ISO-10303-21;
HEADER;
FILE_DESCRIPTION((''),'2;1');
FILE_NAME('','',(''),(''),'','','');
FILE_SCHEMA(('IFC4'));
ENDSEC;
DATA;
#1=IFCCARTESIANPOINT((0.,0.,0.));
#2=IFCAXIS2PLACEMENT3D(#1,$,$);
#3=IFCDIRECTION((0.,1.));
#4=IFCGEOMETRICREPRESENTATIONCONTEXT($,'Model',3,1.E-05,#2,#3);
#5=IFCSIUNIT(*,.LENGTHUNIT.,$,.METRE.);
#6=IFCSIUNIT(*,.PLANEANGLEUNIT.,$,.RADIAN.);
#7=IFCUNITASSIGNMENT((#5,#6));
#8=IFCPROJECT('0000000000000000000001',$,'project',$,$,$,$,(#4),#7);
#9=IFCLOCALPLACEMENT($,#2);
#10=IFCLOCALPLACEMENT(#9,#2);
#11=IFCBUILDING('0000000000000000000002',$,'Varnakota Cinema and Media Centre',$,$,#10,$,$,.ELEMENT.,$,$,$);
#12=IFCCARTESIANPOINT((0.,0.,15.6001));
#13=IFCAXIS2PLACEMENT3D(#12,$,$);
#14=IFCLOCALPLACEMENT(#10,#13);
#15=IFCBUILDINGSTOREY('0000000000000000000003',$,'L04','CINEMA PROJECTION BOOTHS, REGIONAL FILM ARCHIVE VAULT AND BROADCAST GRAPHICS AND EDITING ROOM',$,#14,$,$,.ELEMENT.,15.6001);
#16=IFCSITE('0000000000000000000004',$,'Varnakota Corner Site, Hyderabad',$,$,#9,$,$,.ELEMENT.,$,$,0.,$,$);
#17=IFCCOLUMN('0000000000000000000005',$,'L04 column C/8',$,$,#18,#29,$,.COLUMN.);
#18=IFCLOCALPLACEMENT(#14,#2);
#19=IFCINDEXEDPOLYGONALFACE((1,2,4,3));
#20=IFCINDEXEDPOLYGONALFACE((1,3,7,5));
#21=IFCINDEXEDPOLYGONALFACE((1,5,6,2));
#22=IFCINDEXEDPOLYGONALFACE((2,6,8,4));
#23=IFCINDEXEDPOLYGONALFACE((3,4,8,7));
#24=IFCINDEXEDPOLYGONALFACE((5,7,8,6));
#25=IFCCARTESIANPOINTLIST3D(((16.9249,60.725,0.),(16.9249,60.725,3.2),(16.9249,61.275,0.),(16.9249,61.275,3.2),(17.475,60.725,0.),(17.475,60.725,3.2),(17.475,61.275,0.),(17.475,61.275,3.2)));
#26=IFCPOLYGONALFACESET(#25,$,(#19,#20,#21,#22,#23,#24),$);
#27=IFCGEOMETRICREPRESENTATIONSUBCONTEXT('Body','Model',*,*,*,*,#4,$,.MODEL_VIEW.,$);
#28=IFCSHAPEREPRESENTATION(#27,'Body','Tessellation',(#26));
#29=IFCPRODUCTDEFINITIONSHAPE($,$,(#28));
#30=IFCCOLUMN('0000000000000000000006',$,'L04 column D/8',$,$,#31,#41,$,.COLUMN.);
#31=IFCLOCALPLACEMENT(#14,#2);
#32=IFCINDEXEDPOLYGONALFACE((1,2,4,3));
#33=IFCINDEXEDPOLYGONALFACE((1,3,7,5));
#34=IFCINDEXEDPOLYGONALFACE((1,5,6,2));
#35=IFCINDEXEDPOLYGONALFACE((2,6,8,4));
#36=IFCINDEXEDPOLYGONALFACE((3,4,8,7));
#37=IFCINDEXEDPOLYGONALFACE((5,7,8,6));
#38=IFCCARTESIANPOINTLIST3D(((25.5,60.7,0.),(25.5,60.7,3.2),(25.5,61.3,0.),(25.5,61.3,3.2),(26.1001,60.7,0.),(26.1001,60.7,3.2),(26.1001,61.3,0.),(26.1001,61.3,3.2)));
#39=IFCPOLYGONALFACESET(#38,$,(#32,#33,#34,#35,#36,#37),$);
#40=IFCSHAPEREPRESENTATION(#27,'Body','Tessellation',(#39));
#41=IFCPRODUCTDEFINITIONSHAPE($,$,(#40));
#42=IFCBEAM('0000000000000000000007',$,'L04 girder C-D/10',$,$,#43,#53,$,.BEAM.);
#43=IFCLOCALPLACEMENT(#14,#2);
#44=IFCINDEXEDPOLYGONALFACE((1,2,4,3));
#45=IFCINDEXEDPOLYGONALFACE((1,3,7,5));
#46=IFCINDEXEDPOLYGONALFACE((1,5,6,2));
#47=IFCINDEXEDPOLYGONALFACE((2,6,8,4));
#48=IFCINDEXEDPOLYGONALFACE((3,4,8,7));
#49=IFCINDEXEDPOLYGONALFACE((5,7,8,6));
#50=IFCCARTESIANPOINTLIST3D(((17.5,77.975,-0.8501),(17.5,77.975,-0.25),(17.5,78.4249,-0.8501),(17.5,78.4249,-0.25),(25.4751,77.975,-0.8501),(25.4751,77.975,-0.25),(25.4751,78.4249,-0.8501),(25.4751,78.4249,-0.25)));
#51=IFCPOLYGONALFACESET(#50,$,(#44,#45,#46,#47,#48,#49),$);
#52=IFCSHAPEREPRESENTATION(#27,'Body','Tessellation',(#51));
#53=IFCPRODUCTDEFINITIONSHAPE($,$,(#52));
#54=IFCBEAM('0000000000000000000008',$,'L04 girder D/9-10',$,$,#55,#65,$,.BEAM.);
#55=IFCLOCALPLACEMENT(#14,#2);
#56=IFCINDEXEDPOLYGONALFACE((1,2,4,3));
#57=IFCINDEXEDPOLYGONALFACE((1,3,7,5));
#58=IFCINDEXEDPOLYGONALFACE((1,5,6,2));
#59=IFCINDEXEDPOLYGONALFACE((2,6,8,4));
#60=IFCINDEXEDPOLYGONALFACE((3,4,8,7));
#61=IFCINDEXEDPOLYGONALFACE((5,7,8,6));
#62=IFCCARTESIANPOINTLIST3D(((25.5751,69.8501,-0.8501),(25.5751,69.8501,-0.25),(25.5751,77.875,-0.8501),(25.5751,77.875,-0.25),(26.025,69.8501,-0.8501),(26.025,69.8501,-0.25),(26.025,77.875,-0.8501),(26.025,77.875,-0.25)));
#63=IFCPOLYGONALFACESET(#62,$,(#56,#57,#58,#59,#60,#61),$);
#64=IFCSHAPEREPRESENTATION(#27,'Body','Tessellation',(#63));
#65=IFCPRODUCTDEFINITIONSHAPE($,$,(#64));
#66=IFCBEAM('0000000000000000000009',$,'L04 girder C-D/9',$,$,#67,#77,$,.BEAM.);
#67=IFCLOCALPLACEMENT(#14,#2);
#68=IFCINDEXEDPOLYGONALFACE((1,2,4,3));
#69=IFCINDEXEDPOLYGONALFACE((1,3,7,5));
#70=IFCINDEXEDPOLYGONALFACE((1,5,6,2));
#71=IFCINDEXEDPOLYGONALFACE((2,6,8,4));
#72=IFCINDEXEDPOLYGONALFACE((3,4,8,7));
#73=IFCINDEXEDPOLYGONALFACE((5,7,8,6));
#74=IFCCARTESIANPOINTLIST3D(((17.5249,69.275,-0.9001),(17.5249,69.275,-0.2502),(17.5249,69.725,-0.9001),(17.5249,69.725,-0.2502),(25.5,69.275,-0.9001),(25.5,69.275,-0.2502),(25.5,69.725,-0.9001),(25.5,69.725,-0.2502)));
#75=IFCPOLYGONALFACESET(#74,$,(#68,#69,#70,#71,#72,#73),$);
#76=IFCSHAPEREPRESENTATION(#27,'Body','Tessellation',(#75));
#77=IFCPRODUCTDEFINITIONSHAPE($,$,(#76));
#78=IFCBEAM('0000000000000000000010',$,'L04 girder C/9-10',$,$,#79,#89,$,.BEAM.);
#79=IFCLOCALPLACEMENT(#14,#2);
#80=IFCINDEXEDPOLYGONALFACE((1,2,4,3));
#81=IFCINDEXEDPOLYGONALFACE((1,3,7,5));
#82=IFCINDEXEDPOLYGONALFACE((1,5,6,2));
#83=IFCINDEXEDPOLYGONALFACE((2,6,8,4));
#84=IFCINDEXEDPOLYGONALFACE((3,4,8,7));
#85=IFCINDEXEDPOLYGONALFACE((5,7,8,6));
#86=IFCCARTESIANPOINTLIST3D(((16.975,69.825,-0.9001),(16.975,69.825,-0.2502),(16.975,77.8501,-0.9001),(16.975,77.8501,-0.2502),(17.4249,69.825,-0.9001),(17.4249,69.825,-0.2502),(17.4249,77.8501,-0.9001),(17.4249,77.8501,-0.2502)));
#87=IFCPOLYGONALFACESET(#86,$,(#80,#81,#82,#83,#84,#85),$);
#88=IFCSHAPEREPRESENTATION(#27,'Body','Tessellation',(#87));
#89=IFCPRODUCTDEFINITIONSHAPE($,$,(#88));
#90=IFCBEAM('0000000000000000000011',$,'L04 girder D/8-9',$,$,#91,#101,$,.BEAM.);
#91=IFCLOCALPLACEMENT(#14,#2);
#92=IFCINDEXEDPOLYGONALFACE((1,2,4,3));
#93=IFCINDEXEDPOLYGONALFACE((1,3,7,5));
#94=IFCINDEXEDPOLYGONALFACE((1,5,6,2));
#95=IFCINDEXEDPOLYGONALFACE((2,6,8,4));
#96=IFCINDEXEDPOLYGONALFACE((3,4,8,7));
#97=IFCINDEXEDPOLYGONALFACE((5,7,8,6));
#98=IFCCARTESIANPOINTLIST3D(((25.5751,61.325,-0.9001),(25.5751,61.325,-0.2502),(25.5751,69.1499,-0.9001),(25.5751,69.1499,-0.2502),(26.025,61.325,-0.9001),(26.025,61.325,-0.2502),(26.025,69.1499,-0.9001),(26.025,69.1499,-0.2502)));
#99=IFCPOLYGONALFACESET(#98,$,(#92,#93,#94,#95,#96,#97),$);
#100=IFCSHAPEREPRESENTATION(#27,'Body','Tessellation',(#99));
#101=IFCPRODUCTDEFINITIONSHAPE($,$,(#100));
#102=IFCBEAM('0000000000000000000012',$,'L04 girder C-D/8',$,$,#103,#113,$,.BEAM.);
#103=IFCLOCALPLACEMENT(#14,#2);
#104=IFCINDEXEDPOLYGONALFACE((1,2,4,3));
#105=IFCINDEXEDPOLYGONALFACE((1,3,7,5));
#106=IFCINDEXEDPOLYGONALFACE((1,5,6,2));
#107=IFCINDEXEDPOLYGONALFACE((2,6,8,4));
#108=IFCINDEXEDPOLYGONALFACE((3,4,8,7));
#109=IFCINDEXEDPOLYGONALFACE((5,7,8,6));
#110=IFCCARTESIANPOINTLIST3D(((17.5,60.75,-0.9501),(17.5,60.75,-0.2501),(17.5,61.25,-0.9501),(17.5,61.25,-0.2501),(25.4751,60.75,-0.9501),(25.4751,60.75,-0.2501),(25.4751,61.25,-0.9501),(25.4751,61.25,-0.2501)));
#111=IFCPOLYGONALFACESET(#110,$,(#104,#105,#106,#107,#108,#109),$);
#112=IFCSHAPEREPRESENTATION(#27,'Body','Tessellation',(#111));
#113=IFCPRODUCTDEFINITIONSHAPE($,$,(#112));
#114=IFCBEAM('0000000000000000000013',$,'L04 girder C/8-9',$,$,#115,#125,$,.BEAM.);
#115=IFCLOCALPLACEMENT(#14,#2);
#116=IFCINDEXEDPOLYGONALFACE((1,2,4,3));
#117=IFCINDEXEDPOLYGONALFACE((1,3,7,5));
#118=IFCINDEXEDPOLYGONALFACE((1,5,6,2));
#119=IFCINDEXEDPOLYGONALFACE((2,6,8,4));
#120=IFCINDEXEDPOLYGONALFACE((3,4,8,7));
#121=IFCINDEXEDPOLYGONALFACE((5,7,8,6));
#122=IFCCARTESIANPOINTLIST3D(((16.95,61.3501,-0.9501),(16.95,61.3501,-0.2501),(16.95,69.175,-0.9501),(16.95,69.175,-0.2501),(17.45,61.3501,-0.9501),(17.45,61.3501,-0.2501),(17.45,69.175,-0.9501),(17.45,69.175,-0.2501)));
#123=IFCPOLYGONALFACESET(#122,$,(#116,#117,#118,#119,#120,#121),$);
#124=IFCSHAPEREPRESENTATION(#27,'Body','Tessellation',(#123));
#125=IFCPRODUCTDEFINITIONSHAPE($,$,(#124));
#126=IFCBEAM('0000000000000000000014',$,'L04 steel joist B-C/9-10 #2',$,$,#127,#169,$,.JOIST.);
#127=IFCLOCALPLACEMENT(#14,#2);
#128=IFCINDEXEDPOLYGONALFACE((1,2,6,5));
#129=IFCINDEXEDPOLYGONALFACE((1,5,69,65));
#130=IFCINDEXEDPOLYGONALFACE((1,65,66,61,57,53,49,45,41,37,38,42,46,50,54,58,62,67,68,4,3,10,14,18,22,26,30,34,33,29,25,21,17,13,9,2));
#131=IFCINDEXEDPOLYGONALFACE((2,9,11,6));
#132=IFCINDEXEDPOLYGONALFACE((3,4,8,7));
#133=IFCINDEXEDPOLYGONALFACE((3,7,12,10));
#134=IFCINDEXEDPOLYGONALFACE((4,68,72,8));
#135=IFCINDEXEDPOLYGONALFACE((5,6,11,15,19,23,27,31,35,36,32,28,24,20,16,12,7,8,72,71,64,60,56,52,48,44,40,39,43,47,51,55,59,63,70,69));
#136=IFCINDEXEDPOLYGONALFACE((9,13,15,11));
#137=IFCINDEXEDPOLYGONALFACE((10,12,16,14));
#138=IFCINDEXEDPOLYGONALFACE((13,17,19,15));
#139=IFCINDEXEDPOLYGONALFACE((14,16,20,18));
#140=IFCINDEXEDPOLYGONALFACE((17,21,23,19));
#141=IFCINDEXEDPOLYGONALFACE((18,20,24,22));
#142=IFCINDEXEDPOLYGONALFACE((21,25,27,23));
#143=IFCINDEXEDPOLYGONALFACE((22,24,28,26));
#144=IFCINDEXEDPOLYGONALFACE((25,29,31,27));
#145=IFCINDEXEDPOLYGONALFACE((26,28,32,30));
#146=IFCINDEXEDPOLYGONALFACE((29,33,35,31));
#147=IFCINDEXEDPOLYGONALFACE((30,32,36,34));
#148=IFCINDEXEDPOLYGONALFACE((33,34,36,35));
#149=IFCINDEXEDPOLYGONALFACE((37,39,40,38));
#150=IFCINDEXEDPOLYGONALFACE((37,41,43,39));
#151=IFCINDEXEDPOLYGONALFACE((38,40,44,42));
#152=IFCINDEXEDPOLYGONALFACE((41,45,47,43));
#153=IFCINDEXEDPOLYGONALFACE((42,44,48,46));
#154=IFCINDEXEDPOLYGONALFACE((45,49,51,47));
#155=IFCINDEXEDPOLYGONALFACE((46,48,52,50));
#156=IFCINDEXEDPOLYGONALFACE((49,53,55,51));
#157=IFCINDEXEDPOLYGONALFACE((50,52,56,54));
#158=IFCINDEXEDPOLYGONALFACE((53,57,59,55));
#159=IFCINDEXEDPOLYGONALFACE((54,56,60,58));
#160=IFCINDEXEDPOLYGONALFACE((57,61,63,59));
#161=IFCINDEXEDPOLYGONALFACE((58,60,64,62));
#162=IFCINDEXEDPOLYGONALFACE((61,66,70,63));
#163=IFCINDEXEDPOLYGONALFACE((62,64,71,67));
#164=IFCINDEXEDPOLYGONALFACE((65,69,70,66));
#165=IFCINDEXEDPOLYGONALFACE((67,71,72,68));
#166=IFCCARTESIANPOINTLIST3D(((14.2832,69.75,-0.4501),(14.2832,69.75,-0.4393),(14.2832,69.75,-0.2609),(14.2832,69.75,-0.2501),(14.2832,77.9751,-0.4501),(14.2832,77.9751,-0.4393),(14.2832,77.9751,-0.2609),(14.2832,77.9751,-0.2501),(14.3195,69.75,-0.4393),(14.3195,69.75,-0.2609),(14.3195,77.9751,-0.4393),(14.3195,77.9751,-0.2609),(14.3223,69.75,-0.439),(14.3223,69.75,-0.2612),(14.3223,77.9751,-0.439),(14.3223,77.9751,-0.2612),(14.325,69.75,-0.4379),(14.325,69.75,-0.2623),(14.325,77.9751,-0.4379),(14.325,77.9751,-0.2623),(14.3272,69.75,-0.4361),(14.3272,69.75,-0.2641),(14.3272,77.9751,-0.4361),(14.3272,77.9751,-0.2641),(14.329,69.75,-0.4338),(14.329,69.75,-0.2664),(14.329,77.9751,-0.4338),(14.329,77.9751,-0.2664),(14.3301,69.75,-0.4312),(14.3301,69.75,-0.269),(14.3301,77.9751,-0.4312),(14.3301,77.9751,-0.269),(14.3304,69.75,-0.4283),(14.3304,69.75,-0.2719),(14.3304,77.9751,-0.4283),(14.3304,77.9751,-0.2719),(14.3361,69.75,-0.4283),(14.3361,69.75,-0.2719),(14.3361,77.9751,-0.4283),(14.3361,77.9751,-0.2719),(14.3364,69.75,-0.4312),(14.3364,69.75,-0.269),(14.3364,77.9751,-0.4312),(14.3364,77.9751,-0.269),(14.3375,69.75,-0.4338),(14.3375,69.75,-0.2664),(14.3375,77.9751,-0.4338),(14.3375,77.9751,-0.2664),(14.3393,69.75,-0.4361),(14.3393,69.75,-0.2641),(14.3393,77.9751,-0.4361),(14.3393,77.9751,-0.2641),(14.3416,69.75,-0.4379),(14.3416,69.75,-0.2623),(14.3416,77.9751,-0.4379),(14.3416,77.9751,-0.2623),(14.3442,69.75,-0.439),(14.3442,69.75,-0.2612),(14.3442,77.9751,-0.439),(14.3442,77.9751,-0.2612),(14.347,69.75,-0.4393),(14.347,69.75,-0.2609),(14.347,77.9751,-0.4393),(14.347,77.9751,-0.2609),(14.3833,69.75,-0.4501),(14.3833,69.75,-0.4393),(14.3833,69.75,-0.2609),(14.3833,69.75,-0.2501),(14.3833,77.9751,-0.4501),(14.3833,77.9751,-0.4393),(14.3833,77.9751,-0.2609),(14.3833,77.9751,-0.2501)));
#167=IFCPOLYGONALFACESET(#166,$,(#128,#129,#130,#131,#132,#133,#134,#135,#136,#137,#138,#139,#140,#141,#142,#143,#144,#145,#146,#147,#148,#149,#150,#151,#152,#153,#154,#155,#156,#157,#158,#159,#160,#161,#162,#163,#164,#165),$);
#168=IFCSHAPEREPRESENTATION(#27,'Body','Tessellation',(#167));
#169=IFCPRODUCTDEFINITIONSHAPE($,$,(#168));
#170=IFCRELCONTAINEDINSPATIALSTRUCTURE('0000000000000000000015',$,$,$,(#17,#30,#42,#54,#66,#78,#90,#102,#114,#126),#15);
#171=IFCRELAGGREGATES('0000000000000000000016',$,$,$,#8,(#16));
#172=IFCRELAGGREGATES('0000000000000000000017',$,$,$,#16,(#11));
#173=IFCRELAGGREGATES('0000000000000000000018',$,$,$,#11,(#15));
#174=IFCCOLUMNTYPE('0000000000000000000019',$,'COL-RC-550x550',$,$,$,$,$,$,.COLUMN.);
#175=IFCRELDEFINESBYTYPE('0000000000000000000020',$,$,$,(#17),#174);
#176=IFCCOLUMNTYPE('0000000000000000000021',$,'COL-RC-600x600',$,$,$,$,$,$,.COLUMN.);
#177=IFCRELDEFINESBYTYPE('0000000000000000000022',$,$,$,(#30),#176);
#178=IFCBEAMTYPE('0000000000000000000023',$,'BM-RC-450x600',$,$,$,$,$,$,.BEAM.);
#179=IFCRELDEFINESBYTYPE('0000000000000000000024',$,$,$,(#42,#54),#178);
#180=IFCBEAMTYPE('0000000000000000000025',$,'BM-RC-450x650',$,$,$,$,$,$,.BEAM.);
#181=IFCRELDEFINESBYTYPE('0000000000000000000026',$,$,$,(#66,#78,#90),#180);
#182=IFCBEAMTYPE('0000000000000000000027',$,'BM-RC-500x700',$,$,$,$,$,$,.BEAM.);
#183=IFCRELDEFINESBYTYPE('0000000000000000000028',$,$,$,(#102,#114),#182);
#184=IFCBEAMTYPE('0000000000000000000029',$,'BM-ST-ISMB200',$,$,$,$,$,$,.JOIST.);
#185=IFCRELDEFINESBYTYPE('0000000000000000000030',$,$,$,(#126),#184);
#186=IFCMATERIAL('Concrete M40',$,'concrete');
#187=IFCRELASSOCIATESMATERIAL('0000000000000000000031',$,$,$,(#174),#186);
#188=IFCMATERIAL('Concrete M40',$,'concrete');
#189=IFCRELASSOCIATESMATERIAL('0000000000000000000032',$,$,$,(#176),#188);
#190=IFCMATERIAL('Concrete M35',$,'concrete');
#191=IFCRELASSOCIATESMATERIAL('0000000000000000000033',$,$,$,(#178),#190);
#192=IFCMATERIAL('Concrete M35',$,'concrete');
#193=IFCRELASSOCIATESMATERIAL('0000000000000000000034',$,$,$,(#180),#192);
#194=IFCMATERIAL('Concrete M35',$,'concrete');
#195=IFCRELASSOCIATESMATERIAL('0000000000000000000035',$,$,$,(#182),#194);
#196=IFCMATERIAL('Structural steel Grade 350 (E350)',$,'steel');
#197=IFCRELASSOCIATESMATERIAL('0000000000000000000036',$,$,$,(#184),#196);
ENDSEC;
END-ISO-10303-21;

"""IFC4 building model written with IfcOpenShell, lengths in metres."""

from ifc_helpers import new_model, si_unit, direction, frame, origin, origin_2d, place, context, subcontext, project, spatial, rectangle, i_section, extrude, material, material_profile, profile_set, type_object, element, save


model = new_model("IFC4")

# Units and contexts
model_context = context("Model", 3, precision=1e-05, world=origin(), true_north=direction((0.0, 1.0)))
body_context = subcontext(model_context, "Body", "Model", "MODEL_VIEW")
ifc_project = project(units=[si_unit("LENGTHUNIT", "METRE"), si_unit("PLANEANGLEUNIT", "RADIAN")], contexts=[model_context])

# Site, building, storey
site_placement = place(None, origin())
site = spatial("IfcSite", under=ifc_project, at=site_placement, Name="Varnakota Corner Site, Hyderabad", CompositionType="ELEMENT", RefElevation=0.0)
building_placement = place(site_placement, origin())
building = spatial("IfcBuilding", under=site, at=building_placement, Name="Varnakota Cinema and Media Centre", CompositionType="ELEMENT")
storey_placement = place(building_placement, frame((0.0, 0.0, 15.6001)))
storey = spatial("IfcBuildingStorey", under=building, at=storey_placement, Name="L04", Description="CINEMA PROJECTION BOOTHS, REGIONAL FILM ARCHIVE VAULT AND BROADCAST GRAPHICS AND EDITING ROOM", CompositionType="ELEMENT", Elevation=15.6001)

# Columns
ifc_material_1 = material(Name="Concrete M40", Category="concrete")
ifc_material_profile_1 = material_profile(ifc_material_1, rectangle(XDim=0.55, YDim=0.55, at=origin_2d()), Name="RC 550x550")
ifc_profile_set_1 = profile_set([ifc_material_profile_1], Name="Concrete M40")
column_type_1 = type_object("IfcColumnType", Name="COL-RC-550x550", PredefinedType="COLUMN", material=ifc_profile_set_1)
column_1_placement = place(storey_placement, frame((17.2, 61.0, 0.0), z_axis=(0.0, 0.0, 1.0), x_axis=(1.0, 0.0, 0.0)))
element("IfcColumn", 1, at=column_1_placement, inside=storey, type_object=column_type_1, Name="L04 column C/8", PredefinedType="COLUMN", context=body_context, shape_type="SweptSolid", body=[
    extrude(rectangle(XDim=0.55, YDim=0.55, at=origin_2d()), origin(), (0.0, 0.0, 1.0), 3.2),
])
ifc_material_2 = material(Name="Concrete M40", Category="concrete")
ifc_material_profile_2 = material_profile(ifc_material_2, rectangle(XDim=0.6001, YDim=0.6001, at=origin_2d()), Name="RC 600x600")
ifc_profile_set_2 = profile_set([ifc_material_profile_2], Name="Concrete M40")
column_type_2 = type_object("IfcColumnType", Name="COL-RC-600x600", PredefinedType="COLUMN", material=ifc_profile_set_2)
column_2_placement = place(storey_placement, frame((25.8, 61.0, 0.0), z_axis=(0.0, 0.0, 1.0), x_axis=(1.0, 0.0, 0.0)))
element("IfcColumn", 2, at=column_2_placement, inside=storey, type_object=column_type_2, Name="L04 column D/8", PredefinedType="COLUMN", context=body_context, shape_type="SweptSolid", body=[
    extrude(rectangle(XDim=0.6001, YDim=0.6001, at=origin_2d()), origin(), (0.0, 0.0, 1.0), 3.2),
])

# Beams
ifc_material_3 = material(Name="Concrete M35", Category="concrete")
ifc_material_profile_3 = material_profile(ifc_material_3, rectangle(XDim=0.45, YDim=0.6001, at=origin_2d()), Name="RCB 450x600")
ifc_profile_set_3 = profile_set([ifc_material_profile_3], Name="Concrete M35")
beam_type_1 = type_object("IfcBeamType", Name="BM-RC-450x600", PredefinedType="BEAM", material=ifc_profile_set_3)
beam_1_placement = place(storey_placement, frame((17.5, 78.2, -0.55), z_axis=(1.0, 0.0, 0.0), x_axis=(0.0, 1.0, 0.0)))
element("IfcBeam", 3, at=beam_1_placement, inside=storey, type_object=beam_type_1, Name="L04 girder C-D/10", PredefinedType="BEAM", context=body_context, shape_type="SweptSolid", body=[
    extrude(rectangle(XDim=0.45, YDim=0.6001, at=origin_2d()), origin(), (0.0, 0.0, 1.0), 7.9751),
])
beam_2_placement = place(storey_placement, frame((25.8, 69.8501, -0.55), z_axis=(0.0, 1.0, 0.0), x_axis=(-1.0, 0.0, 0.0)))
element("IfcBeam", 4, at=beam_2_placement, inside=storey, type_object=beam_type_1, Name="L04 girder D/9-10", PredefinedType="BEAM", context=body_context, shape_type="SweptSolid", body=[
    extrude(rectangle(XDim=0.45, YDim=0.6001, at=origin_2d()), origin(), (0.0, 0.0, 1.0), 8.0249),
])
ifc_material_4 = material(Name="Concrete M35", Category="concrete")
ifc_material_profile_4 = material_profile(ifc_material_4, rectangle(XDim=0.45, YDim=0.6499, at=origin_2d()), Name="RCB 450x650")
ifc_profile_set_4 = profile_set([ifc_material_profile_4], Name="Concrete M35")
beam_type_2 = type_object("IfcBeamType", Name="BM-RC-450x650", PredefinedType="BEAM", material=ifc_profile_set_4)
beam_3_placement = place(storey_placement, frame((17.5249, 69.5, -0.5752), z_axis=(1.0, 0.0, 0.0), x_axis=(0.0, 1.0, 0.0)))
element("IfcBeam", 5, at=beam_3_placement, inside=storey, type_object=beam_type_2, Name="L04 girder C-D/9", PredefinedType="BEAM", context=body_context, shape_type="SweptSolid", body=[
    extrude(rectangle(XDim=0.45, YDim=0.6499, at=origin_2d()), origin(), (0.0, 0.0, 1.0), 7.9751),
])
beam_4_placement = place(storey_placement, frame((17.2, 69.825, -0.5752), z_axis=(0.0, 1.0, 0.0), x_axis=(-1.0, 0.0, 0.0)))
element("IfcBeam", 6, at=beam_4_placement, inside=storey, type_object=beam_type_2, Name="L04 girder C/9-10", PredefinedType="BEAM", context=body_context, shape_type="SweptSolid", body=[
    extrude(rectangle(XDim=0.45, YDim=0.6499, at=origin_2d()), origin(), (0.0, 0.0, 1.0), 8.0251),
])
beam_5_placement = place(storey_placement, frame((25.8, 61.325, -0.5752), z_axis=(0.0, 1.0, 0.0), x_axis=(-1.0, 0.0, 0.0)))
element("IfcBeam", 7, at=beam_5_placement, inside=storey, type_object=beam_type_2, Name="L04 girder D/8-9", PredefinedType="BEAM", context=body_context, shape_type="SweptSolid", body=[
    extrude(rectangle(XDim=0.45, YDim=0.6499, at=origin_2d()), origin(), (0.0, 0.0, 1.0), 7.825),
])
ifc_material_5 = material(Name="Concrete M35", Category="concrete")
ifc_material_profile_5 = material_profile(ifc_material_5, rectangle(XDim=0.5, YDim=0.7, at=origin_2d()), Name="RCB 500x700")
ifc_profile_set_5 = profile_set([ifc_material_profile_5], Name="Concrete M35")
beam_type_3 = type_object("IfcBeamType", Name="BM-RC-500x700", PredefinedType="BEAM", material=ifc_profile_set_5)
beam_6_placement = place(storey_placement, frame((17.5, 61.0, -0.6001), z_axis=(1.0, 0.0, 0.0), x_axis=(0.0, 1.0, 0.0)))
element("IfcBeam", 8, at=beam_6_placement, inside=storey, type_object=beam_type_3, Name="L04 girder C-D/8", PredefinedType="BEAM", context=body_context, shape_type="SweptSolid", body=[
    extrude(rectangle(XDim=0.5, YDim=0.7, at=origin_2d()), origin(), (0.0, 0.0, 1.0), 7.9751),
])
beam_7_placement = place(storey_placement, frame((17.2, 61.3501, -0.6001), z_axis=(0.0, 1.0, 0.0), x_axis=(-1.0, 0.0, 0.0)))
element("IfcBeam", 9, at=beam_7_placement, inside=storey, type_object=beam_type_3, Name="L04 girder C/8-9", PredefinedType="BEAM", context=body_context, shape_type="SweptSolid", body=[
    extrude(rectangle(XDim=0.5, YDim=0.7, at=origin_2d()), origin(), (0.0, 0.0, 1.0), 7.825),
])
ifc_material_6 = material(Name="Structural steel Grade 350 (E350)", Category="steel")
ifc_material_profile_6 = material_profile(ifc_material_6, i_section(OverallWidth=0.1001, OverallDepth=0.2, WebThickness=0.0056, FlangeThickness=0.0107, FilletRadius=0.011, at=origin_2d()), Name="ISMB 200")
ifc_profile_set_6 = profile_set([ifc_material_profile_6], Name="Structural steel Grade 350 (E350)")
beam_type_4 = type_object("IfcBeamType", Name="BM-ST-ISMB200", PredefinedType="JOIST", material=ifc_profile_set_6)
beam_8_placement = place(storey_placement, frame((14.3333, 69.75, -0.3501), z_axis=(0.0, 1.0, 0.0), x_axis=(-1.0, 0.0, 0.0)))
element("IfcBeam", 10, at=beam_8_placement, inside=storey, type_object=beam_type_4, Name="L04 steel joist B-C/9-10 #2", PredefinedType="JOIST", context=body_context, shape_type="SweptSolid", body=[
    extrude(i_section(OverallWidth=0.1001, OverallDepth=0.2, WebThickness=0.0056, FlangeThickness=0.0107, FilletRadius=0.011, at=origin_2d()), origin(), (0.0, 0.0, 1.0), 8.2251),
])

save(model, "model.ifc")
